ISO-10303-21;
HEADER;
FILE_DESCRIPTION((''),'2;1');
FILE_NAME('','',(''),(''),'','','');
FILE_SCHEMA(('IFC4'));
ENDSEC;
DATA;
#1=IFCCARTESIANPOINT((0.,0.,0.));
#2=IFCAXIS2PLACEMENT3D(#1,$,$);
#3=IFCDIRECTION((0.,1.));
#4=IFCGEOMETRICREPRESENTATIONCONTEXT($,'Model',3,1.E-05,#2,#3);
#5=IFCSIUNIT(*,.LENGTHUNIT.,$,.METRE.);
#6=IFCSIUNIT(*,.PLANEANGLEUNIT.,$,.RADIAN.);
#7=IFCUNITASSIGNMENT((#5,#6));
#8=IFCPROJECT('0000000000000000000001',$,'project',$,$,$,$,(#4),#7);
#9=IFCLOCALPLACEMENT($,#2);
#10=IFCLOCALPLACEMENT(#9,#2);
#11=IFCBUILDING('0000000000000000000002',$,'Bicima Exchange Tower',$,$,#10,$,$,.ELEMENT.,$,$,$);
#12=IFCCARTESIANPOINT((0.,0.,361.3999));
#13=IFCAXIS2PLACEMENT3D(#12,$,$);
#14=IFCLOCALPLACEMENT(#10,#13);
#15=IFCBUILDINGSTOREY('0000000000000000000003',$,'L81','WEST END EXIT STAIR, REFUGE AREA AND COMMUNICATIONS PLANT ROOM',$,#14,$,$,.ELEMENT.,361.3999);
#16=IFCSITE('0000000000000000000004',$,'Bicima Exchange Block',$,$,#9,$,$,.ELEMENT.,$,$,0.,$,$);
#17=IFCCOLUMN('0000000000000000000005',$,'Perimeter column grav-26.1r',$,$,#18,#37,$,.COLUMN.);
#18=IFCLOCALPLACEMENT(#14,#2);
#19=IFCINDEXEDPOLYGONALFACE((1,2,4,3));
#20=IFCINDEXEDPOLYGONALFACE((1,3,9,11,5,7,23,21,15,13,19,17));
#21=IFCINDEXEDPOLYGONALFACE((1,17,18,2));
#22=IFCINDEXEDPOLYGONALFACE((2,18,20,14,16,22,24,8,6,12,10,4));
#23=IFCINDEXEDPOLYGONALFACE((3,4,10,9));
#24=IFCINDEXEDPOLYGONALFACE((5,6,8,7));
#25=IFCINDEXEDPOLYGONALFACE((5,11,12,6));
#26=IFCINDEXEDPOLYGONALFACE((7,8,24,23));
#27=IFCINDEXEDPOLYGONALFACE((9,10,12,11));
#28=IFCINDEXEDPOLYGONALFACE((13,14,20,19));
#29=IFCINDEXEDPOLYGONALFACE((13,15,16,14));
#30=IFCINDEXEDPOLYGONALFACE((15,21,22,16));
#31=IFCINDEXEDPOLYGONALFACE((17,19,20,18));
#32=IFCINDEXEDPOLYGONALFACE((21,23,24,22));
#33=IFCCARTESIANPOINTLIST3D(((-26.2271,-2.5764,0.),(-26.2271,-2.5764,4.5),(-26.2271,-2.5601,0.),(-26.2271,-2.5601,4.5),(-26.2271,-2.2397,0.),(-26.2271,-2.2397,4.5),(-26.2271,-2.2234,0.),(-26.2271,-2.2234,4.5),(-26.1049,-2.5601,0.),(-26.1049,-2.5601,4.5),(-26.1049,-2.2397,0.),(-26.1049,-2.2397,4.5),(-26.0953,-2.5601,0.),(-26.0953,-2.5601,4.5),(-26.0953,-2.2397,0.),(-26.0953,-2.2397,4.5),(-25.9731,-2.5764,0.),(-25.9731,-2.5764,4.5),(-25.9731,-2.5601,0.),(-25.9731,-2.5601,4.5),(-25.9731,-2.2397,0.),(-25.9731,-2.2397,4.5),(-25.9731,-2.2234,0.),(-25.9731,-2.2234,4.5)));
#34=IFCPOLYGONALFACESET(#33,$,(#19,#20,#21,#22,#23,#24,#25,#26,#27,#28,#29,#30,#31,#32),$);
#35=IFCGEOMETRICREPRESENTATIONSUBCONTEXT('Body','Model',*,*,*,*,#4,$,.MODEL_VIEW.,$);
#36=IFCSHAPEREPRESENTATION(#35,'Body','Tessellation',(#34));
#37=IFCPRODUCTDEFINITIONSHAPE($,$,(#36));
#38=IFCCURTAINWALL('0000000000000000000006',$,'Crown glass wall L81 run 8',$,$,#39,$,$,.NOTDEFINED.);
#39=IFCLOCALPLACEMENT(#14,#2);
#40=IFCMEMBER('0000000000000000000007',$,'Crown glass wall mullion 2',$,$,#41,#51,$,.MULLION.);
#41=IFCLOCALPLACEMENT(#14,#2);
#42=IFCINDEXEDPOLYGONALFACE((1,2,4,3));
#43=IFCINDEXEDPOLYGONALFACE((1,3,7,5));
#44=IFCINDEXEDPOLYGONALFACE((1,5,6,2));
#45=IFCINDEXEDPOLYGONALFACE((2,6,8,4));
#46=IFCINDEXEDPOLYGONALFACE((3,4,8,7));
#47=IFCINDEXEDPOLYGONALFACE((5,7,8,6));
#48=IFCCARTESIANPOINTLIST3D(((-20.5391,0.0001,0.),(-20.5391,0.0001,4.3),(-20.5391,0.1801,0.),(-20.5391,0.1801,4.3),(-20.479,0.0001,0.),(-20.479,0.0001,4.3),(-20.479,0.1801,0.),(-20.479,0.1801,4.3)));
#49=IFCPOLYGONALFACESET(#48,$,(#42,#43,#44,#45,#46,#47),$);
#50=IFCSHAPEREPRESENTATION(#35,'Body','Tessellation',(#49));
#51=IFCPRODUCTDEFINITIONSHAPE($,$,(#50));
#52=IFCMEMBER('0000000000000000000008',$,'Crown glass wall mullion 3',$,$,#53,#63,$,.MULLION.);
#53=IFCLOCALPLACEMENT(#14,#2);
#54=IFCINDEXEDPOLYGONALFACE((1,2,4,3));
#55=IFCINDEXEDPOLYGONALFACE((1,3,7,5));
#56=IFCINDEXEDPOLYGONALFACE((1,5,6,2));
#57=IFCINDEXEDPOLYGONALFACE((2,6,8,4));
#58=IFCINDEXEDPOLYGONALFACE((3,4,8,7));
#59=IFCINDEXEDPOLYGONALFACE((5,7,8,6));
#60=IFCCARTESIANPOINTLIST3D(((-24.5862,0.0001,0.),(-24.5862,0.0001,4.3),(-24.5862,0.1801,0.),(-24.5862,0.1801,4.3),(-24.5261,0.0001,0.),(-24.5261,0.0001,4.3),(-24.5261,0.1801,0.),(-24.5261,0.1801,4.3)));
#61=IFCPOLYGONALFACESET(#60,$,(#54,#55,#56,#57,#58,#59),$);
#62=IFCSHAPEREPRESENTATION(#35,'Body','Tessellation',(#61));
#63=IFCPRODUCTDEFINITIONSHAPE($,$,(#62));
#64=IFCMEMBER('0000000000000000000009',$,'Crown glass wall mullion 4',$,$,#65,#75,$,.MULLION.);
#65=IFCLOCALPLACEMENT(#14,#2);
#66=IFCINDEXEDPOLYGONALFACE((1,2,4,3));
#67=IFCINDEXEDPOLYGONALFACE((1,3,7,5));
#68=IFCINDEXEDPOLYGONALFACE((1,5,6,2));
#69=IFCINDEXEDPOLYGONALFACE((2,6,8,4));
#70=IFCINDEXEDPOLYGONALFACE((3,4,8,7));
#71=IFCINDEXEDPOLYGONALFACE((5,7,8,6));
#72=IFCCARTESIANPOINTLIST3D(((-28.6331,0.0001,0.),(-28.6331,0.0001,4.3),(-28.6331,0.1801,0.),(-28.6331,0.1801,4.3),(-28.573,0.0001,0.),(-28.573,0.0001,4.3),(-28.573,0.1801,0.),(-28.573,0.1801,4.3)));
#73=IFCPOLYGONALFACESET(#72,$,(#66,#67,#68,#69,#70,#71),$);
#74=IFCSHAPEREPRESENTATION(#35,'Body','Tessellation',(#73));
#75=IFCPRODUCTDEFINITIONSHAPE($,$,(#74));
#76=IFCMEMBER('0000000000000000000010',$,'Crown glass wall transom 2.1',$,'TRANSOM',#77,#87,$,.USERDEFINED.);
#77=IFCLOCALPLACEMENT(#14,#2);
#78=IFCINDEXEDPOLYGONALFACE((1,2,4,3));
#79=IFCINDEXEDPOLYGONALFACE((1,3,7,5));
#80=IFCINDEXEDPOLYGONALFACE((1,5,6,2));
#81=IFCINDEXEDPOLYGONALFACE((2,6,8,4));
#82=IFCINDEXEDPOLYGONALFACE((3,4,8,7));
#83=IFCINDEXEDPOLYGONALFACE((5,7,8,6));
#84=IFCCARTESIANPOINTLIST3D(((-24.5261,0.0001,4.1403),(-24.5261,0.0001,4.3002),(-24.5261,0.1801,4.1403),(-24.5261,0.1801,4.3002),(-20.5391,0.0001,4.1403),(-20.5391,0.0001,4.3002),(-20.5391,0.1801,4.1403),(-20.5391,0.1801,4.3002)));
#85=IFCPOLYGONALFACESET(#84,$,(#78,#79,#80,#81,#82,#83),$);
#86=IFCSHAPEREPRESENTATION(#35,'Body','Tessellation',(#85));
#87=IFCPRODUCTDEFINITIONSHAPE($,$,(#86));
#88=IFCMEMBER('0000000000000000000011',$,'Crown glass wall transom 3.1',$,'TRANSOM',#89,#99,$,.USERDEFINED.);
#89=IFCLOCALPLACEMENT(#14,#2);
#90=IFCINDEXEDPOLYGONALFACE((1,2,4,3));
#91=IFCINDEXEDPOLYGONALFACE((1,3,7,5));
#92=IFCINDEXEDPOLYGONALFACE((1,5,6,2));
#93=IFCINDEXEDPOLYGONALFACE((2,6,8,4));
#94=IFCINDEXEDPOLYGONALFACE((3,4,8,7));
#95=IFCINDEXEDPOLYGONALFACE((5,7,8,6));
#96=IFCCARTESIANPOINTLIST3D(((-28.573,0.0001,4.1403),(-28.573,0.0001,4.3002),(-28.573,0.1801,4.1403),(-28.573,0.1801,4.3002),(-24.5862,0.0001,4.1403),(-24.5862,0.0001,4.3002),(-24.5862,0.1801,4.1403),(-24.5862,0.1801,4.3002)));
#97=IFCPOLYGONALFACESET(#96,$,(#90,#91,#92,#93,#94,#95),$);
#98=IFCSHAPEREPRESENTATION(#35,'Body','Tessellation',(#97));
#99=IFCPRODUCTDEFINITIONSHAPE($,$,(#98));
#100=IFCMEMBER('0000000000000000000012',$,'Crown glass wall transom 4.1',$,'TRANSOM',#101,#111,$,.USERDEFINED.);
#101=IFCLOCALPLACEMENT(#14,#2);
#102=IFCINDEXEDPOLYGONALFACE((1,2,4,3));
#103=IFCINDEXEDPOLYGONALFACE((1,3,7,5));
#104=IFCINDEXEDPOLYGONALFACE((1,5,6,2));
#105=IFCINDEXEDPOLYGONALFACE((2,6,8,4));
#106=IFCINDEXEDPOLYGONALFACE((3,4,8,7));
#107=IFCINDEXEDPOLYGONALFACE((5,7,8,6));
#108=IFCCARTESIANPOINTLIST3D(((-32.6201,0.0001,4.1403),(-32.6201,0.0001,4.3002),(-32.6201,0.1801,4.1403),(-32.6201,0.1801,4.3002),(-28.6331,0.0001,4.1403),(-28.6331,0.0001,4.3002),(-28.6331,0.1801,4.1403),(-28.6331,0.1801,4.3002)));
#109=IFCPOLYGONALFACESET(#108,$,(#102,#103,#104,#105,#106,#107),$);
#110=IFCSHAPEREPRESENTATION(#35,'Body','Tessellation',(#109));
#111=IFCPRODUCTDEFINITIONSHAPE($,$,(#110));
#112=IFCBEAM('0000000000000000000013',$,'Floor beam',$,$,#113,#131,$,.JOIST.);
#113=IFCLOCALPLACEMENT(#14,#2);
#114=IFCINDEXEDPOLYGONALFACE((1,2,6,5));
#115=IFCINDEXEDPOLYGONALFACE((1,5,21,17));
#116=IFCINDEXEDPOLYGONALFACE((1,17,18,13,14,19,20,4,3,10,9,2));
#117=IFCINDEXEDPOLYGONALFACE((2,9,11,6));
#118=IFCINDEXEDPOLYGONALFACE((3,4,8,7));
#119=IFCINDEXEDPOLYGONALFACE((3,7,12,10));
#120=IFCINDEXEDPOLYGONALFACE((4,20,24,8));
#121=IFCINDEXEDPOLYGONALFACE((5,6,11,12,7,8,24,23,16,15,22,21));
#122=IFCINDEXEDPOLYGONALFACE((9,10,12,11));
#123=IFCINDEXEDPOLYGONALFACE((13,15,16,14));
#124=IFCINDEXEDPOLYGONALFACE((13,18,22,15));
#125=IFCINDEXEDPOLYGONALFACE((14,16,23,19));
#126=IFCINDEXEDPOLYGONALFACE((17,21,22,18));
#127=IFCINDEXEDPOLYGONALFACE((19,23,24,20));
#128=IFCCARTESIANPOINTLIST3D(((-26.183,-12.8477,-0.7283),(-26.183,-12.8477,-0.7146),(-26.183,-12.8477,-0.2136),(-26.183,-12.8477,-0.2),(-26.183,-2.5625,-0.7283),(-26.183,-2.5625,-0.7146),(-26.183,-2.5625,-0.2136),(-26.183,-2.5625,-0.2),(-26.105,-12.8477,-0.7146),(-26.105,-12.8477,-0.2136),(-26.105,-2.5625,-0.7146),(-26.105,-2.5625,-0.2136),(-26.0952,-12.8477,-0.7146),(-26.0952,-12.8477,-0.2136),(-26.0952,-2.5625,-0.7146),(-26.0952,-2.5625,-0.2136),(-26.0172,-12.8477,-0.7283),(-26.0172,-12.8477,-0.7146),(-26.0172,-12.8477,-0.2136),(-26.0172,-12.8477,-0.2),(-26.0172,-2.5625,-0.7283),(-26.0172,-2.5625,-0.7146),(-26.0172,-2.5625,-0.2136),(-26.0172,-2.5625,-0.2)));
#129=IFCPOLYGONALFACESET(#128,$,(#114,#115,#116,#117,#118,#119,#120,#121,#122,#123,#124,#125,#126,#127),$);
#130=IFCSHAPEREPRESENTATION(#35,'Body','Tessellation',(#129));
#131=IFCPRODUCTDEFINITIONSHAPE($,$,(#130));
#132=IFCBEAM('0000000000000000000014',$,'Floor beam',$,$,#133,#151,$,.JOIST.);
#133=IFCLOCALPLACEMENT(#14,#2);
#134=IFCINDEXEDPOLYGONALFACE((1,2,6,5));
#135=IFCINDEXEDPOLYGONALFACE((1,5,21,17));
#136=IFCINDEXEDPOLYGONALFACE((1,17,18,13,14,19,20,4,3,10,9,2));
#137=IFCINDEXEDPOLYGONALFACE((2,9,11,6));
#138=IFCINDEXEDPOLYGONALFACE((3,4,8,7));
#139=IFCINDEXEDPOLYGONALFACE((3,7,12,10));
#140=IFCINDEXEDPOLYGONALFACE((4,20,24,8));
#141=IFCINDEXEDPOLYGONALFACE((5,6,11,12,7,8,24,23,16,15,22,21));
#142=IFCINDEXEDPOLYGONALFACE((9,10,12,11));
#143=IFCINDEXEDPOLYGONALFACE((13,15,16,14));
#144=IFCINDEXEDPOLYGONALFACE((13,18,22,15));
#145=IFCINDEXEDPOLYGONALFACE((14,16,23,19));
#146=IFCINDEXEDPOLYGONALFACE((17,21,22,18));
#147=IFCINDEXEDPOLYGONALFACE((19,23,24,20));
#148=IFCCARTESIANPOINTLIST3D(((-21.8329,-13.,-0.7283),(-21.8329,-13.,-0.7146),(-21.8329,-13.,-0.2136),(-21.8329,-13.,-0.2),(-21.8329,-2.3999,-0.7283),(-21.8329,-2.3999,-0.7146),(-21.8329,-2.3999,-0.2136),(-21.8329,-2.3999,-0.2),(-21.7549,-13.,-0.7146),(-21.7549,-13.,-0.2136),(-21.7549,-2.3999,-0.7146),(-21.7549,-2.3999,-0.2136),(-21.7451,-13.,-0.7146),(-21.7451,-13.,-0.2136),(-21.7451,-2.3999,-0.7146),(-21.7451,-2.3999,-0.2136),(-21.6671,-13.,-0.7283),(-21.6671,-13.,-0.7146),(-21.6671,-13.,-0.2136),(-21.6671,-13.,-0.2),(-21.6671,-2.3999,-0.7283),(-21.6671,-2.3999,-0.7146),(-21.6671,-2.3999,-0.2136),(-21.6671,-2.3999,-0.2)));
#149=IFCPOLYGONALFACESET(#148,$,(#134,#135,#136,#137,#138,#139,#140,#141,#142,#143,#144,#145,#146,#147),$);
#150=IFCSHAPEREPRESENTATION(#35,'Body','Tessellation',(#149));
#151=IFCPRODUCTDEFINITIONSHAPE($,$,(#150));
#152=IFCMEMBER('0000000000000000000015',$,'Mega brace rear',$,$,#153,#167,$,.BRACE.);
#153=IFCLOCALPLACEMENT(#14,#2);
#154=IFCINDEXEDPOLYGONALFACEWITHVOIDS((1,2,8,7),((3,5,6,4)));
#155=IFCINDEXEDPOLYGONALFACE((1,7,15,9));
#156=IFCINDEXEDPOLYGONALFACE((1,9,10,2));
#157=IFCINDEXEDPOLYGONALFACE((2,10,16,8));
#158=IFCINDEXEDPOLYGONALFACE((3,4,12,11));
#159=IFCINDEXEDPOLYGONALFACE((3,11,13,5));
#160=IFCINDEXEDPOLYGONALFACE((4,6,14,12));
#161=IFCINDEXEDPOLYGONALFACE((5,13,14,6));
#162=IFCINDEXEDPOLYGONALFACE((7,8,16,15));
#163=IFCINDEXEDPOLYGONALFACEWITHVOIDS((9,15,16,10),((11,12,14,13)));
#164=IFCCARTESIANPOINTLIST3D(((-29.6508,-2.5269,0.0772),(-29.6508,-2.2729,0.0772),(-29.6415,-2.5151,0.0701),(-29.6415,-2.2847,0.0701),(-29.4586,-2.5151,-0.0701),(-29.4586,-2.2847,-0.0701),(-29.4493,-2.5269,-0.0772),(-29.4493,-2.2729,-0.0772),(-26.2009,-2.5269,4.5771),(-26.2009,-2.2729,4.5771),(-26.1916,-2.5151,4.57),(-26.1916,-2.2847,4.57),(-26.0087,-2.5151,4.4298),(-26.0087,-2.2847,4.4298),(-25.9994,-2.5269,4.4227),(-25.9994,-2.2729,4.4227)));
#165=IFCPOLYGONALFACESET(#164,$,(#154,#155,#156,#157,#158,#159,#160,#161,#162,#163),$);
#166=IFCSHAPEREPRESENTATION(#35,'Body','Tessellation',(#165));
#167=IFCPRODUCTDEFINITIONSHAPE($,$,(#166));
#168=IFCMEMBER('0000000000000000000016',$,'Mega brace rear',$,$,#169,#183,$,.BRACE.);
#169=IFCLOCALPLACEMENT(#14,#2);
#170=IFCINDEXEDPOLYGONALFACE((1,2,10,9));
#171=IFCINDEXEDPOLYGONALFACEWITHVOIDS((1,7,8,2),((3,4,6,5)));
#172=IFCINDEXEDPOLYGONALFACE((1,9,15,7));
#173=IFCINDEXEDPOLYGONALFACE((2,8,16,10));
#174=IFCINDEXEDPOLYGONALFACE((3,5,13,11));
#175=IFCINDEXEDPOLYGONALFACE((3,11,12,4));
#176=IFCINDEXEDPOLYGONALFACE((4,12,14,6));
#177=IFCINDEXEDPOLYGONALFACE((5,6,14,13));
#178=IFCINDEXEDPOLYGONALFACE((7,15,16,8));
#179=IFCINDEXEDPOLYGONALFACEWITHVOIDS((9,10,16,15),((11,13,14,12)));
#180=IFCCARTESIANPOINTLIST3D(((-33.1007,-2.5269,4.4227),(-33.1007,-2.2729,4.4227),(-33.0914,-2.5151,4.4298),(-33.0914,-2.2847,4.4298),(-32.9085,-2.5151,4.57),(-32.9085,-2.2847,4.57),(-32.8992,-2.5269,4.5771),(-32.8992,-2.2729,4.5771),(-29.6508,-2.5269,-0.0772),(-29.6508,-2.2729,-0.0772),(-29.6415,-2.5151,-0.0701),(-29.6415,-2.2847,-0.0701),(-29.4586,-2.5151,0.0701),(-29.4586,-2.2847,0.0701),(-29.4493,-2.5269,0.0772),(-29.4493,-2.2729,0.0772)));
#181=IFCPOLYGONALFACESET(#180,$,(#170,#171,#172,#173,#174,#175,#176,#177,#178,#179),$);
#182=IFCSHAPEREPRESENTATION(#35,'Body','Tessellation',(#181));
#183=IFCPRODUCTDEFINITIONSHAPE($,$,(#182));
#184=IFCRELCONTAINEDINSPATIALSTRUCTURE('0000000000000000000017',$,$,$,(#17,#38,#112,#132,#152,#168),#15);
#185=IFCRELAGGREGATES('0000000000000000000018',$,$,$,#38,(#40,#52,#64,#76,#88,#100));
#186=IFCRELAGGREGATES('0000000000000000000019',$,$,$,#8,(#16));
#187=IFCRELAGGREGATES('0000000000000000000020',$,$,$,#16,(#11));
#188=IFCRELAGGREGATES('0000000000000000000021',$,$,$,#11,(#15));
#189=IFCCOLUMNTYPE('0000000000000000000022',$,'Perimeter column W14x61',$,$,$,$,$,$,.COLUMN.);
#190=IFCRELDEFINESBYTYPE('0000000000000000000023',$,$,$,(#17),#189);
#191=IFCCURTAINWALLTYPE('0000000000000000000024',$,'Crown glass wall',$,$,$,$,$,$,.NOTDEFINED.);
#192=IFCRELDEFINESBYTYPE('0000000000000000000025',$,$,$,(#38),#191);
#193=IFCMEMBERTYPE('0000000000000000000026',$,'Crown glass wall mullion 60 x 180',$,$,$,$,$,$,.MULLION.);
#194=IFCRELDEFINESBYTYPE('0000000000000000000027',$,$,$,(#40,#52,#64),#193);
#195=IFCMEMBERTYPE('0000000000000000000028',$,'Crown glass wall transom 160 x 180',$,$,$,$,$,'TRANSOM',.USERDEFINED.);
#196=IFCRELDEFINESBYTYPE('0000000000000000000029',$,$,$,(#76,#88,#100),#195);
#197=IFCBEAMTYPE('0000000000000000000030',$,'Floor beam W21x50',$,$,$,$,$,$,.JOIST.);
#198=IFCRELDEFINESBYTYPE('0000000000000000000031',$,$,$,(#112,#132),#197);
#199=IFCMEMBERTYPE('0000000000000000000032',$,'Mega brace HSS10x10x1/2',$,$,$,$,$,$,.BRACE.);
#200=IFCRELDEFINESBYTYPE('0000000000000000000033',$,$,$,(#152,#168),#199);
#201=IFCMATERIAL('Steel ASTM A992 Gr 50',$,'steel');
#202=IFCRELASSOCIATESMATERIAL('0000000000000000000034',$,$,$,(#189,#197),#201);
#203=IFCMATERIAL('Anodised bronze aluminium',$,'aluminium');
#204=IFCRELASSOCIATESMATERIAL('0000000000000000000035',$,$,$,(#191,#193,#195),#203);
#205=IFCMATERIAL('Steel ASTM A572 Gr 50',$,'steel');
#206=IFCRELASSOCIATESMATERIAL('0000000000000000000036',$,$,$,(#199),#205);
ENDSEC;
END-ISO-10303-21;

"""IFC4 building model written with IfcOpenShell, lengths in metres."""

from ifc_helpers import new_model, si_unit, direction, frame, origin, origin_2d, place, context, subcontext, project, spatial, rectangle, hollow_rectangle, i_section, extrude, material, material_profile, profile_set, type_object, element, aggregate, save


model = new_model("IFC4")

# Units and contexts
model_context = context("Model", 3, precision=1e-05, world=origin(), true_north=direction((0.0, 1.0)))
body_context = subcontext(model_context, "Body", "Model", "MODEL_VIEW")
ifc_project = project(units=[si_unit("LENGTHUNIT", "METRE"), si_unit("PLANEANGLEUNIT", "RADIAN")], contexts=[model_context])

# Site, building, storey
site_placement = place(None, origin())
site = spatial("IfcSite", under=ifc_project, at=site_placement, Name="Bicima Exchange Block", CompositionType="ELEMENT", RefElevation=0.0)
building_placement = place(site_placement, origin())
building = spatial("IfcBuilding", under=site, at=building_placement, Name="Bicima Exchange Tower", CompositionType="ELEMENT")
storey_placement = place(building_placement, frame((0.0, 0.0, 361.3999)))
storey = spatial("IfcBuildingStorey", under=building, at=storey_placement, Name="L81", Description="WEST END EXIT STAIR, REFUGE AREA AND COMMUNICATIONS PLANT ROOM", CompositionType="ELEMENT", Elevation=361.3999)

# Column
ifc_material_1 = material(Name="Steel ASTM A992 Gr 50", Category="steel")
ifc_material_profile_1 = material_profile(ifc_material_1, i_section(OverallWidth=0.2539, OverallDepth=0.353, WebThickness=0.0095, FlangeThickness=0.0164, at=origin_2d()))
ifc_profile_set_1 = profile_set([ifc_material_profile_1], Name="Steel ASTM A992 Gr 50")
column_type = type_object("IfcColumnType", Name="Perimeter column W14x61", PredefinedType="COLUMN", material=ifc_profile_set_1)
column_placement = place(storey_placement, frame((-26.1001, -2.3999, 0.0), z_axis=(0.0, 0.0, 1.0), x_axis=(1.0, 0.0, 0.0)))
element("IfcColumn", 1, at=column_placement, inside=storey, type_object=column_type, Name="Perimeter column grav-26.1r", PredefinedType="COLUMN", context=body_context, shape_type="SweptSolid", body=[
    extrude(i_section(OverallWidth=0.2539, OverallDepth=0.353, WebThickness=0.0095, FlangeThickness=0.0164, at=origin_2d()), origin(), (0.0, 0.0, 1.0), 4.5),
])

# Curtain wall, members
ifc_material_2 = material(Name="Anodised bronze aluminium", Category="aluminium")
curtain_wall_type = type_object("IfcCurtainWallType", Name="Crown glass wall", PredefinedType="NOTDEFINED", material=ifc_material_2)
curtain_wall_placement = place(storey_placement, origin())
curtain_wall = element("IfcCurtainWall", 2, at=curtain_wall_placement, inside=storey, type_object=curtain_wall_type, Name="Crown glass wall L81 run 8", PredefinedType="NOTDEFINED")
ifc_material_profile_2 = material_profile(ifc_material_2, rectangle(XDim=0.1799, YDim=0.0601, at=origin_2d()))
ifc_profile_set_2 = profile_set([ifc_material_profile_2], Name="Anodised bronze aluminium")
member_type_1 = type_object("IfcMemberType", Name="Crown glass wall mullion 60 x 180", PredefinedType="MULLION", material=ifc_profile_set_2)
member_1_placement = place(storey_placement, frame((-20.509, 0.0901, 0.0), z_axis=(0.0, 0.0, 1.0), x_axis=(0.0, -1.0, 0.0)))
member_1 = element("IfcMember", 3, at=member_1_placement, type_object=member_type_1, Name="Crown glass wall mullion 2", PredefinedType="MULLION", context=body_context, shape_type="SweptSolid", body=[
    extrude(rectangle(XDim=0.1799, YDim=0.0601, at=origin_2d()), origin(), (0.0, 0.0, 1.0), 4.3),
])
member_2_placement = place(storey_placement, frame((-24.5562, 0.0901, 0.0), z_axis=(0.0, 0.0, 1.0), x_axis=(0.0, -1.0, 0.0)))
member_2 = element("IfcMember", 4, at=member_2_placement, type_object=member_type_1, Name="Crown glass wall mullion 3", PredefinedType="MULLION", context=body_context, shape_type="SweptSolid", body=[
    extrude(rectangle(XDim=0.1799, YDim=0.0601, at=origin_2d()), origin(), (0.0, 0.0, 1.0), 4.3),
])
member_3_placement = place(storey_placement, frame((-28.603, 0.0901, 0.0), z_axis=(0.0, 0.0, 1.0), x_axis=(0.0, -1.0, 0.0)))
member_3 = element("IfcMember", 5, at=member_3_placement, type_object=member_type_1, Name="Crown glass wall mullion 4", PredefinedType="MULLION", context=body_context, shape_type="SweptSolid", body=[
    extrude(rectangle(XDim=0.1799, YDim=0.0601, at=origin_2d()), origin(), (0.0, 0.0, 1.0), 4.3),
])
ifc_material_profile_3 = material_profile(ifc_material_2, rectangle(XDim=0.1799, YDim=0.1599, at=origin_2d()))
ifc_profile_set_3 = profile_set([ifc_material_profile_3], Name="Anodised bronze aluminium")
member_type_2 = type_object("IfcMemberType", Name="Crown glass wall transom 160 x 180", ElementType="TRANSOM", PredefinedType="USERDEFINED", material=ifc_profile_set_3)
member_4_placement = place(storey_placement, frame((-20.5391, 0.0901, 4.2202), z_axis=(-1.0, 0.0, 0.0), x_axis=(0.0, -1.0, 0.0)))
member_4 = element("IfcMember", 6, at=member_4_placement, type_object=member_type_2, Name="Crown glass wall transom 2.1", ObjectType="TRANSOM", PredefinedType="USERDEFINED", context=body_context, shape_type="SweptSolid", body=[
    extrude(rectangle(XDim=0.1799, YDim=0.1599, at=origin_2d()), origin(), (0.0, 0.0, 1.0), 3.9871),
])
member_5_placement = place(storey_placement, frame((-24.5862, 0.0901, 4.2202), z_axis=(-1.0, 0.0, 0.0), x_axis=(0.0, -1.0, 0.0)))
member_5 = element("IfcMember", 7, at=member_5_placement, type_object=member_type_2, Name="Crown glass wall transom 3.1", ObjectType="TRANSOM", PredefinedType="USERDEFINED", context=body_context, shape_type="SweptSolid", body=[
    extrude(rectangle(XDim=0.1799, YDim=0.1599, at=origin_2d()), origin(), (0.0, 0.0, 1.0), 3.9868),
])
member_6_placement = place(storey_placement, frame((-28.6331, 0.0901, 4.2202), z_axis=(-1.0, 0.0, 0.0), x_axis=(0.0, -1.0, 0.0)))
member_6 = element("IfcMember", 8, at=member_6_placement, type_object=member_type_2, Name="Crown glass wall transom 4.1", ObjectType="TRANSOM", PredefinedType="USERDEFINED", context=body_context, shape_type="SweptSolid", body=[
    extrude(rectangle(XDim=0.1799, YDim=0.1599, at=origin_2d()), origin(), (0.0, 0.0, 1.0), 3.9871),
])

# Beams
ifc_material_profile_4 = material_profile(ifc_material_1, i_section(OverallWidth=0.1658, OverallDepth=0.5283, WebThickness=0.0098, FlangeThickness=0.0137, at=origin_2d()))
ifc_profile_set_4 = profile_set([ifc_material_profile_4], Name="Steel ASTM A992 Gr 50")
beam_type_1 = type_object("IfcBeamType", Name="Floor beam W21x50", PredefinedType="JOIST", material=ifc_profile_set_4)
beam_1_placement = place(storey_placement, frame((-26.1001, -2.5625, -0.4641), z_axis=(0.0, -1.0, 0.0), x_axis=(1.0, 0.0, 0.0)))
element("IfcBeam", 9, at=beam_1_placement, inside=storey, type_object=beam_type_1, Name="Floor beam", PredefinedType="JOIST", context=body_context, shape_type="SweptSolid", body=[
    extrude(i_section(OverallWidth=0.1658, OverallDepth=0.5283, WebThickness=0.0098, FlangeThickness=0.0137, at=origin_2d()), origin(), (0.0, 0.0, 1.0), 10.2852),
])
beam_2_placement = place(storey_placement, frame((-21.75, -2.3999, -0.4641), z_axis=(0.0, -1.0, 0.0), x_axis=(1.0, 0.0, 0.0)))
element("IfcBeam", 10, at=beam_2_placement, inside=storey, type_object=beam_type_1, Name="Floor beam", PredefinedType="JOIST", context=body_context, shape_type="SweptSolid", body=[
    extrude(i_section(OverallWidth=0.1658, OverallDepth=0.5283, WebThickness=0.0098, FlangeThickness=0.0137, at=origin_2d()), origin(), (0.0, 0.0, 1.0), 10.6001),
])

# Members
ifc_material_3 = material(Name="Steel ASTM A572 Gr 50", Category="steel")
ifc_material_profile_5 = material_profile(ifc_material_3, hollow_rectangle(XDim=0.2539, YDim=0.2539, WallThickness=0.0117, at=origin_2d()))
ifc_profile_set_5 = profile_set([ifc_material_profile_5], Name="Steel ASTM A572 Gr 50")
member_type_3 = type_object("IfcMemberType", Name="Mega brace HSS10x10x1/2", PredefinedType="BRACE", material=ifc_profile_set_5)
for number, where, z_axis, x_axis, name in (
    (11, (-29.55, -2.3999, 0.0), (0.608426, 0.0, 0.793611), (0.0, 1.0, 0.0), "Mega brace rear"),
    (12, (-29.55, -2.3999, 0.0), (-0.608426, 0.0, 0.793611), (0.0, -1.0, 0.0), "Mega brace rear"),
):
    element("IfcMember", number, at=place(storey_placement, frame(where, z_axis=z_axis, x_axis=x_axis)), inside=storey, type_object=member_type_3, Name=name, PredefinedType="BRACE", context=body_context, shape_type="SweptSolid", body=[
        extrude(hollow_rectangle(XDim=0.2539, YDim=0.2539, WallThickness=0.0117, at=origin_2d()), origin(), (0.0, 0.0, 1.0), 5.6702),
    ])

aggregate(curtain_wall, [member_1, member_2, member_3, member_4, member_5, member_6])

save(model, "model.ifc")
